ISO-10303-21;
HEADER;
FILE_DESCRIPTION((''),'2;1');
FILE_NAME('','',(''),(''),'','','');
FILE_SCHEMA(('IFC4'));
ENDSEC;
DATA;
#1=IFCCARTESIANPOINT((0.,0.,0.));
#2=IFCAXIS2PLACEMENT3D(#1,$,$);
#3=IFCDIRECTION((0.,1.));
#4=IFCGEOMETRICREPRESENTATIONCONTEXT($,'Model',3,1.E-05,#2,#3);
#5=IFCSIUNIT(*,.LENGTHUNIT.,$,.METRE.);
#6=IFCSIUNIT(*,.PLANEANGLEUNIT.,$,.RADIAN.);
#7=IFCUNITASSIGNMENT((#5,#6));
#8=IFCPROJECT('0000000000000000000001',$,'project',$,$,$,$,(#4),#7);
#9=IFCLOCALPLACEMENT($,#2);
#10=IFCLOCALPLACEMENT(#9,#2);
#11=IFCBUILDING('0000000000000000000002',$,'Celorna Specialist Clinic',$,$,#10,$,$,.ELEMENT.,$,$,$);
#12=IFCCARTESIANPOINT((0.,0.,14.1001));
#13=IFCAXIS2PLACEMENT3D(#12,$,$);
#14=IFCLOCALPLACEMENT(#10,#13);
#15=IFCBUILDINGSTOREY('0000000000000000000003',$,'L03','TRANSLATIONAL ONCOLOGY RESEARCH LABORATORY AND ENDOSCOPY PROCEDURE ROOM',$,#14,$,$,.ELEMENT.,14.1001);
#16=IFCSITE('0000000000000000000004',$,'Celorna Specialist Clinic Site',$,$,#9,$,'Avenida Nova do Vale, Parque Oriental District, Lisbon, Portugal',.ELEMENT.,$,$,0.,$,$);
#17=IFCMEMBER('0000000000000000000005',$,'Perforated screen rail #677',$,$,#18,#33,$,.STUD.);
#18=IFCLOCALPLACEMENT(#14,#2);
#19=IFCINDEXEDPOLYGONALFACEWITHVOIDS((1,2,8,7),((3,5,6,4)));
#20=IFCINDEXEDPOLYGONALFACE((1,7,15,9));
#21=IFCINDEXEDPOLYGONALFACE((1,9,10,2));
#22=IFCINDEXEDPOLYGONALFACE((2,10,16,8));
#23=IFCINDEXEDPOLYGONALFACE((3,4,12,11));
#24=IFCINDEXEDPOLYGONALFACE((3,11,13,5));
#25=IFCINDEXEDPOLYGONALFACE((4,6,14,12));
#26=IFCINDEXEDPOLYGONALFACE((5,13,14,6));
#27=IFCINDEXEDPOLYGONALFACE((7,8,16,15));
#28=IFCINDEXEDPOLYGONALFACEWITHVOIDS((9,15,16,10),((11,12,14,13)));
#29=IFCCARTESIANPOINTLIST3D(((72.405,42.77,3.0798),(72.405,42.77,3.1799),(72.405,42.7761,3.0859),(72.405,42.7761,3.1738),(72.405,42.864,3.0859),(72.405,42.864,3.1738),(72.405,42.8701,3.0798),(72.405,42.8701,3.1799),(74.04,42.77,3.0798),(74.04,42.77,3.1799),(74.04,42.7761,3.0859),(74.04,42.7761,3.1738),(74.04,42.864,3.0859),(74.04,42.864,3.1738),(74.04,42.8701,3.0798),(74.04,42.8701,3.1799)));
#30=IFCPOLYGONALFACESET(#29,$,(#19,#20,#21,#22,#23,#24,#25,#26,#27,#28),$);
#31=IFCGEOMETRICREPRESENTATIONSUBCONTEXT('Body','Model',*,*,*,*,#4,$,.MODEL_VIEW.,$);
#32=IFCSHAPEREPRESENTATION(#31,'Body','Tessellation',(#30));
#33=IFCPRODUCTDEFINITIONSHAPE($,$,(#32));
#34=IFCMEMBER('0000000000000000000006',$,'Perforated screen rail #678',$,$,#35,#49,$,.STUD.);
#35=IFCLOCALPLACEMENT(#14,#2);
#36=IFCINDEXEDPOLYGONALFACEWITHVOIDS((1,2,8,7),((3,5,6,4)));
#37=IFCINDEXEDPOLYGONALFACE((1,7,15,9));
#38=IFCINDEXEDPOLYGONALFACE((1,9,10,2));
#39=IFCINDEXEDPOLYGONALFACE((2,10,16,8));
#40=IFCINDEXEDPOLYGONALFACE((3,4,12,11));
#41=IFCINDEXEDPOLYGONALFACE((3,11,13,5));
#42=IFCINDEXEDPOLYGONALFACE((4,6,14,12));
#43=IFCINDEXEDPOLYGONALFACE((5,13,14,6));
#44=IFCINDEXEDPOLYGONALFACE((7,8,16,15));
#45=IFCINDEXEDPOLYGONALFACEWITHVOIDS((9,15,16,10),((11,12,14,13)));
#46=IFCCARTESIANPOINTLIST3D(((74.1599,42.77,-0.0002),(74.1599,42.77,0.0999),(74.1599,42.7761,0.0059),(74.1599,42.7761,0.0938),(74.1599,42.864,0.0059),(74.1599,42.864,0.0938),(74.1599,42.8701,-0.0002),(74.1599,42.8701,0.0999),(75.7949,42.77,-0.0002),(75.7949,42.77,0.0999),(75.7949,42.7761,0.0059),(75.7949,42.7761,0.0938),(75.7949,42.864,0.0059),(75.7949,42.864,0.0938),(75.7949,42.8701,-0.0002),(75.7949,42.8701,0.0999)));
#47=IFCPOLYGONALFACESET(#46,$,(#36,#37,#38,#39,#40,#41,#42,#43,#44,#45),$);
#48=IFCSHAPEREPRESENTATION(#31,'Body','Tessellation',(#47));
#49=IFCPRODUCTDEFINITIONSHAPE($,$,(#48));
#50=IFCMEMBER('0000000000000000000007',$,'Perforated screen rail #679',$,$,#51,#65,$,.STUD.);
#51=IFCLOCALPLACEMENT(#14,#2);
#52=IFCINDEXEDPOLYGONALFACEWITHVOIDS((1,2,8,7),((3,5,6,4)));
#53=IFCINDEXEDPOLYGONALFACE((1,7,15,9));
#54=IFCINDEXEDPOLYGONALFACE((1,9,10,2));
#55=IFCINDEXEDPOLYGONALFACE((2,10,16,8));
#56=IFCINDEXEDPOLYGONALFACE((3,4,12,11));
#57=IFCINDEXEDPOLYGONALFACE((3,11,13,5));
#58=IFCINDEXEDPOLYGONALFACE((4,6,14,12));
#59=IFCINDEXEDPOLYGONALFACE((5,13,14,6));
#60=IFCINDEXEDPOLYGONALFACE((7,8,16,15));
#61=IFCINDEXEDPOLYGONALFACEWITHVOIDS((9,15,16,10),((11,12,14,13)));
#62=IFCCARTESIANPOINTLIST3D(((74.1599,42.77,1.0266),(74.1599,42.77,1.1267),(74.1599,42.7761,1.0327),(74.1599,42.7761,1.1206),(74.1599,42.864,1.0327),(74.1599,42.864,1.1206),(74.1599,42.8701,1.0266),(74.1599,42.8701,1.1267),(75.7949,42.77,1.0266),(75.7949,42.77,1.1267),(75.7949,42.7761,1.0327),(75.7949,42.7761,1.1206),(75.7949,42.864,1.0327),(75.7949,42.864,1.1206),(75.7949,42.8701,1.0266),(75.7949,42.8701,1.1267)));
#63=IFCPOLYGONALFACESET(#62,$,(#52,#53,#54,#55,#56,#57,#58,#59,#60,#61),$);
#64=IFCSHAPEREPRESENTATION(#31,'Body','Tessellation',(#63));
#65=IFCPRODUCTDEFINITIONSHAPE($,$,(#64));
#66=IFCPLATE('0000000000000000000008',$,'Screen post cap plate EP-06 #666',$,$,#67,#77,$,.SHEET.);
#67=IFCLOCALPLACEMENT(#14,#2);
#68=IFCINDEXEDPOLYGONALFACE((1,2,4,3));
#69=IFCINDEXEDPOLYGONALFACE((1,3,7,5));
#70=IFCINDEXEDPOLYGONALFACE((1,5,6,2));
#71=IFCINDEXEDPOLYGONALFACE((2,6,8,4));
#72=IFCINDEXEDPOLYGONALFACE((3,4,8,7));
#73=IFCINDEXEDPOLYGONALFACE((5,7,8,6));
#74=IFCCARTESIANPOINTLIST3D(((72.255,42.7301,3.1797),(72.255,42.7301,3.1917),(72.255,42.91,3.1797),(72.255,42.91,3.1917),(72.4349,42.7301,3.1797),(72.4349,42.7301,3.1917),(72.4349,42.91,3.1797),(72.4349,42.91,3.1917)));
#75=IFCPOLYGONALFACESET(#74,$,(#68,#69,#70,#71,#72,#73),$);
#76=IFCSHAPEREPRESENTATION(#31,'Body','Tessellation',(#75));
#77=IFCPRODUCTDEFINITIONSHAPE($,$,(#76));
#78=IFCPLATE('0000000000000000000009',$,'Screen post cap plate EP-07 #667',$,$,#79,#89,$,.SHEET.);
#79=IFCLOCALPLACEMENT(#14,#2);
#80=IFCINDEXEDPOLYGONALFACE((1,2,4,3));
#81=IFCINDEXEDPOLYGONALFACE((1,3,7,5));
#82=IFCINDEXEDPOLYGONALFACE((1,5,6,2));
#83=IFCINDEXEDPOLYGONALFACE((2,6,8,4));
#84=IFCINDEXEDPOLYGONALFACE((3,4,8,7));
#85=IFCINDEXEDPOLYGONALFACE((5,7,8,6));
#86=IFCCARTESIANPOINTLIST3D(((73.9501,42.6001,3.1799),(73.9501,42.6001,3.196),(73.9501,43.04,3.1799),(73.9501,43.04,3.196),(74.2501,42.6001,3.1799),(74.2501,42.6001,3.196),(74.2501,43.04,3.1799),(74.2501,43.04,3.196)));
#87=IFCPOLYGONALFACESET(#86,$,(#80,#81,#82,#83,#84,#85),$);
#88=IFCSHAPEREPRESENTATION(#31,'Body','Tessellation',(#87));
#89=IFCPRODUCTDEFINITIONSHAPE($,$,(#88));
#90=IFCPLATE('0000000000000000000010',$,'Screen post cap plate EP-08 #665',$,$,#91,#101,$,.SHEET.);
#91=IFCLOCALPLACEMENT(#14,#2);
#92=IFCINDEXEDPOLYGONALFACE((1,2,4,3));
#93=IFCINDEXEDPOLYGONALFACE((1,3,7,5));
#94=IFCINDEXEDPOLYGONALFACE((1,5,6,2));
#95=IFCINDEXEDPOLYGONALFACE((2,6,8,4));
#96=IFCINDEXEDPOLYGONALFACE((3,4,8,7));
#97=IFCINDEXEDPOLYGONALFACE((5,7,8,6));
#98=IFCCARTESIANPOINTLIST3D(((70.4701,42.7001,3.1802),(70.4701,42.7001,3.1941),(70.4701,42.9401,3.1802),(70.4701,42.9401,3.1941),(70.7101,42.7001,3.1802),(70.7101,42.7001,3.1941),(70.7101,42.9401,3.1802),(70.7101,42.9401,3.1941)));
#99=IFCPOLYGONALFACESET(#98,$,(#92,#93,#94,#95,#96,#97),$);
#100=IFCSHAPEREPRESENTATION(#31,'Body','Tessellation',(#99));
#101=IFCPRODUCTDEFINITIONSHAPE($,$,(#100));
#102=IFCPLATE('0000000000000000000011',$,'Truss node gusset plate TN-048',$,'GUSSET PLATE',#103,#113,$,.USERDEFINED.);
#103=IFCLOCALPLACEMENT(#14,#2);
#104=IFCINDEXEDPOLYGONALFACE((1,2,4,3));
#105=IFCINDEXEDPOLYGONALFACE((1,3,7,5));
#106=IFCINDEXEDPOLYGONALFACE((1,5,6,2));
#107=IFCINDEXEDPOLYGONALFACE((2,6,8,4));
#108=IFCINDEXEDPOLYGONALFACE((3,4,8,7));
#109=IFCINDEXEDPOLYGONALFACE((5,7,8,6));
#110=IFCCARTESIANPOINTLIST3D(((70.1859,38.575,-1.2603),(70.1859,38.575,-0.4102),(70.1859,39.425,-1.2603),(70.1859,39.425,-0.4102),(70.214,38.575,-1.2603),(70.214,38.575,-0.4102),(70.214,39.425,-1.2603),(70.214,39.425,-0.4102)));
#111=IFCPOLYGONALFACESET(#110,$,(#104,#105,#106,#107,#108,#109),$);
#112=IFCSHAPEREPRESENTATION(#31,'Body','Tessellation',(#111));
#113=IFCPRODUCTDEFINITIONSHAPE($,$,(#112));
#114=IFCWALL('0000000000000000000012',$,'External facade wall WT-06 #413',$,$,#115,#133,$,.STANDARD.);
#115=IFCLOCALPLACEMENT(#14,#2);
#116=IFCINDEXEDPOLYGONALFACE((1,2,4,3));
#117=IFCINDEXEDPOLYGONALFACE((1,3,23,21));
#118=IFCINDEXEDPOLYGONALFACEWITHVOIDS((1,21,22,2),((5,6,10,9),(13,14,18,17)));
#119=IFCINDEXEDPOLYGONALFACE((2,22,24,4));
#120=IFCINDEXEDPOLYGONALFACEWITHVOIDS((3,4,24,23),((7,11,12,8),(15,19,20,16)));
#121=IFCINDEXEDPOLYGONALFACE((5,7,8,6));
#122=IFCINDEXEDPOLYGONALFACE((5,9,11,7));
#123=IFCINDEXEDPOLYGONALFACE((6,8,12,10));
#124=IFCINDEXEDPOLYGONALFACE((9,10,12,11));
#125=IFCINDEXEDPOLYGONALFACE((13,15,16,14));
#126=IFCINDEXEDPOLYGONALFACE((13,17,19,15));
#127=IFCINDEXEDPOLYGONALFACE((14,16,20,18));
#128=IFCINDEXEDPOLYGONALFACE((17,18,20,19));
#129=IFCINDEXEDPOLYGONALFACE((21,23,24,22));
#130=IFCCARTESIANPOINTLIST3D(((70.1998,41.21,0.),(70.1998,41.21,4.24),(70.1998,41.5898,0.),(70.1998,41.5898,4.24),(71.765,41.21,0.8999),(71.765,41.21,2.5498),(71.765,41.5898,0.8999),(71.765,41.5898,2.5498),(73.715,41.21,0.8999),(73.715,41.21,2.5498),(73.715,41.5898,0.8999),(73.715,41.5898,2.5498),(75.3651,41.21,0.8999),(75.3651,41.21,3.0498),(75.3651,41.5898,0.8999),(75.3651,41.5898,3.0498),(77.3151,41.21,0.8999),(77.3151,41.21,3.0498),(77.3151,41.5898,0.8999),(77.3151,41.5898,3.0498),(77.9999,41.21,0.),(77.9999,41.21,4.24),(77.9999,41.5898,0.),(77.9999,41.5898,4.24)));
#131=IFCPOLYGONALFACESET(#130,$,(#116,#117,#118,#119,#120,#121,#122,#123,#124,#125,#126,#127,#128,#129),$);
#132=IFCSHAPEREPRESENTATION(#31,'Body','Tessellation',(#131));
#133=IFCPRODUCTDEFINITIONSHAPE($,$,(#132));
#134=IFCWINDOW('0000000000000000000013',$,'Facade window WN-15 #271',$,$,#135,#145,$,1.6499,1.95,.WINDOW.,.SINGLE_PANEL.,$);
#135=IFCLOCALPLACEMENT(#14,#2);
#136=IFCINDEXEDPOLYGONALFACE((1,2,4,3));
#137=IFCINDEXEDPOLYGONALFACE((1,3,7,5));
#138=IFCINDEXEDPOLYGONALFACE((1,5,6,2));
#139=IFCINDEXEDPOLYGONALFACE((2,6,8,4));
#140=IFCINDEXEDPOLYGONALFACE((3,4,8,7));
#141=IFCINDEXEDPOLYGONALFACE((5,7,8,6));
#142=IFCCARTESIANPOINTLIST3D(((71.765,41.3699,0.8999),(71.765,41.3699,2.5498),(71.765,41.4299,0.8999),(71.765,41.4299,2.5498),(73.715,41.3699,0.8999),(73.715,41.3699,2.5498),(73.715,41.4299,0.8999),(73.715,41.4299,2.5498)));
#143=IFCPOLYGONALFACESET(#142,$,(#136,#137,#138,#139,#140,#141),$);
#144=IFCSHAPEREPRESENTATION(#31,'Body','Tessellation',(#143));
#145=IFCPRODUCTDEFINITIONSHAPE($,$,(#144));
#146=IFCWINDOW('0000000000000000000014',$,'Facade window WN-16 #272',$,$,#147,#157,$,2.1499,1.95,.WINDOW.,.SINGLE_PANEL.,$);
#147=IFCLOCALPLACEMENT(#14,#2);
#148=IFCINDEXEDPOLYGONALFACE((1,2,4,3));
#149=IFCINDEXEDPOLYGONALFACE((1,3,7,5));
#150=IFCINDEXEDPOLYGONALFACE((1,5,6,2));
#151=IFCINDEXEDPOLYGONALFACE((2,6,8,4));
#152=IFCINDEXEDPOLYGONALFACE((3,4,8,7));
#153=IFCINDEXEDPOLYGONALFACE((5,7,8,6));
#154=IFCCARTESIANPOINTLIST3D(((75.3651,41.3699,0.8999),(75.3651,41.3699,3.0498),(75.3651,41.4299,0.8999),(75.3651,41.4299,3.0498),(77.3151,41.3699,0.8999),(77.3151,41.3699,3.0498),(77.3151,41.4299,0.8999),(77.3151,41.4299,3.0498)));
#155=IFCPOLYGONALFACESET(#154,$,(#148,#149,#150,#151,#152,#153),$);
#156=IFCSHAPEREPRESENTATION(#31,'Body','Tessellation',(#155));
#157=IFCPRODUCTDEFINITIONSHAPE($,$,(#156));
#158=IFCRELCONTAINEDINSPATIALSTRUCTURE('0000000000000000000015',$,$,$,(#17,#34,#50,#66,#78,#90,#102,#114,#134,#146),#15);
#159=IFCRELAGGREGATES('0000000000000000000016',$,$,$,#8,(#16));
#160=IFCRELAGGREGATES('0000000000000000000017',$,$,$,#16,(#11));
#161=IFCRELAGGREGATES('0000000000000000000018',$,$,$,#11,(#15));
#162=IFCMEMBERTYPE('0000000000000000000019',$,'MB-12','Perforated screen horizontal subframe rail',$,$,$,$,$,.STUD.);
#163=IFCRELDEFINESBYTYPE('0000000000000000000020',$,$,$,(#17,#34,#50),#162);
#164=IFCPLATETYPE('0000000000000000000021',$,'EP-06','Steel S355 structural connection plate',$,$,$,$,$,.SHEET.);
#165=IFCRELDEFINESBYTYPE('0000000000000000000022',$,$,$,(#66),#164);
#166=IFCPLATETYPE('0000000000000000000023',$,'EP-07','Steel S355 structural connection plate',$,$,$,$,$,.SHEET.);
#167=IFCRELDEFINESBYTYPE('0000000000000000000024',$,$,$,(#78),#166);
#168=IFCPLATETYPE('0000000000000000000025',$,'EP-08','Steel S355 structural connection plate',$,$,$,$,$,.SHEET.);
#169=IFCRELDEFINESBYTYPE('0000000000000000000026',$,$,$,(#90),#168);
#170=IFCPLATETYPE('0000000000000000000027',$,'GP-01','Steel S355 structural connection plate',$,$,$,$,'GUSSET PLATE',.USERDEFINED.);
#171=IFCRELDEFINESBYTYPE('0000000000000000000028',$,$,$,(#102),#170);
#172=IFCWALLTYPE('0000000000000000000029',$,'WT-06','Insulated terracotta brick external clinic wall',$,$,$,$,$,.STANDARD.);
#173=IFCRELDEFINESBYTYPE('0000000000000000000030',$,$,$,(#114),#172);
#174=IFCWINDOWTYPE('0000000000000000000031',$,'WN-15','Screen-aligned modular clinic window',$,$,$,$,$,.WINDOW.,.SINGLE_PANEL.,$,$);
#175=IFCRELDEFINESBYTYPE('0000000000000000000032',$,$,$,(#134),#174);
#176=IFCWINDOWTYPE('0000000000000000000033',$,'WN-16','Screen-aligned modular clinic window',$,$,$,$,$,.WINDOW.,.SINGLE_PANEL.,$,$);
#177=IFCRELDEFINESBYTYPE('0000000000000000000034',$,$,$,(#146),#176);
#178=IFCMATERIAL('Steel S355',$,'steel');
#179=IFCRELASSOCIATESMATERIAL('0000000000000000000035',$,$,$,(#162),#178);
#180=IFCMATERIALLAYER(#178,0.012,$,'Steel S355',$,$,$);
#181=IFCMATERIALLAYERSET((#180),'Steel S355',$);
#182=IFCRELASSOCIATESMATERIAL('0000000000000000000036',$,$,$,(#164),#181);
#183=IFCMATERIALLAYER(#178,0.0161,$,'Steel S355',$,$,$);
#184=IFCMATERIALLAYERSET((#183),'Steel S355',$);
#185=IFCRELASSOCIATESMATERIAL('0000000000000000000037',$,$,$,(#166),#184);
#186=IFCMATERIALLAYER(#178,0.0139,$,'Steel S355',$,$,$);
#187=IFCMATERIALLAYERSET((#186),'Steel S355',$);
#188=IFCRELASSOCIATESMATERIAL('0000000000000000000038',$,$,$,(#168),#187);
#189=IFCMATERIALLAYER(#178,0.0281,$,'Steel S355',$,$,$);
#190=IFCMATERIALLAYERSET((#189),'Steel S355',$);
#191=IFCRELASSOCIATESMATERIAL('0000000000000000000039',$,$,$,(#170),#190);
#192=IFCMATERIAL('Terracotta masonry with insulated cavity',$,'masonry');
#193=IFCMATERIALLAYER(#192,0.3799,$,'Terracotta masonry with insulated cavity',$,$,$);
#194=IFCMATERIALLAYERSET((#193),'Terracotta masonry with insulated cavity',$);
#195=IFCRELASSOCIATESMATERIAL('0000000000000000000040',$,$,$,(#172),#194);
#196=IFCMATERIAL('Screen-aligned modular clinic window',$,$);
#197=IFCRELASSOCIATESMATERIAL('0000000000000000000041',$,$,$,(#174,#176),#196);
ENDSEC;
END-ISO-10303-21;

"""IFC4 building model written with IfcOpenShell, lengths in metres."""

from ifc_helpers import new_model, si_unit, direction, frame, frame_2d, origin, origin_2d, place, context, subcontext, project, spatial, rectangle, hollow_rectangle, extrude, material, layer, layer_set, material_profile, profile_set, type_object, element, fill, save


model = new_model("IFC4")

# Units and contexts
model_context = context("Model", 3, precision=1e-05, world=origin(), true_north=direction((0.0, 1.0)))
body_context = subcontext(model_context, "Body", "Model", "MODEL_VIEW")
ifc_project = project(units=[si_unit("LENGTHUNIT", "METRE"), si_unit("PLANEANGLEUNIT", "RADIAN")], contexts=[model_context])

# Site, building, storey
site_placement = place(None, origin())
site = spatial("IfcSite", under=ifc_project, at=site_placement, Name="Celorna Specialist Clinic Site", LongName="Avenida Nova do Vale, Parque Oriental District, Lisbon, Portugal", CompositionType="ELEMENT", RefElevation=0.0)
building_placement = place(site_placement, origin())
building = spatial("IfcBuilding", under=site, at=building_placement, Name="Celorna Specialist Clinic", CompositionType="ELEMENT")
storey_placement = place(building_placement, frame((0.0, 0.0, 14.1001)))
storey = spatial("IfcBuildingStorey", under=building, at=storey_placement, Name="L03", Description="TRANSLATIONAL ONCOLOGY RESEARCH LABORATORY AND ENDOSCOPY PROCEDURE ROOM", CompositionType="ELEMENT", Elevation=14.1001)

# Members
ifc_material_1 = material(Name="Steel S355", Category="steel")
ifc_material_profile_1 = material_profile(ifc_material_1, hollow_rectangle(XDim=0.1001, YDim=0.1001, WallThickness=0.0061, at=origin_2d()), Name="SHS 100x100x6")
ifc_profile_set_1 = profile_set([ifc_material_profile_1], Name="Steel S355")
member_type_1 = type_object("IfcMemberType", Name="MB-12", Description="Perforated screen horizontal subframe rail", PredefinedType="STUD", material=ifc_profile_set_1)
for number, where, z_axis, x_axis, name in (
    (1, (72.405, 42.8201, 3.1299), (1.0, 0.0, 0.0), (0.0, 1.0, 0.0), "Perforated screen rail #677"),
    (2, (74.1599, 42.8201, 0.0498), (1.0, 0.0, 0.0), (0.0, 1.0, 0.0), "Perforated screen rail #678"),
    (3, (74.1599, 42.8201, 1.0767), (1.0, 0.0, 0.0), (0.0, 1.0, 0.0), "Perforated screen rail #679"),
):
    element("IfcMember", number, at=place(storey_placement, frame(where, z_axis=z_axis, x_axis=x_axis)), inside=storey, type_object=member_type_1, Name=name, PredefinedType="STUD", context=body_context, shape_type="SweptSolid", body=[
        extrude(hollow_rectangle(XDim=0.1001, YDim=0.1001, WallThickness=0.0061, at=origin_2d()), origin(), (0.0, 0.0, 1.0), 1.635),
    ])

# Plates
ifc_layer_1 = layer(ifc_material_1, 0.012, Name="Steel S355")
ifc_layer_set_1 = layer_set([ifc_layer_1], Name="Steel S355")
plate_type_1 = type_object("IfcPlateType", Name="EP-06", Description="Steel S355 structural connection plate", PredefinedType="SHEET", material=ifc_layer_set_1)
plate_1_placement = place(storey_placement, frame((72.345, 42.8201, 3.1797), z_axis=(0.0, 0.0, 1.0), x_axis=(1.0, 0.0, 0.0)))
element("IfcPlate", 4, at=plate_1_placement, inside=storey, type_object=plate_type_1, Name="Screen post cap plate EP-06 #666", PredefinedType="SHEET", context=body_context, shape_type="SweptSolid", body=[
    extrude(rectangle(XDim=0.1799, YDim=0.1799, at=origin_2d()), origin(), (0.0, 0.0, 1.0), 0.012),
])
ifc_layer_2 = layer(ifc_material_1, 0.0161, Name="Steel S355")
ifc_layer_set_2 = layer_set([ifc_layer_2], Name="Steel S355")
plate_type_2 = type_object("IfcPlateType", Name="EP-07", Description="Steel S355 structural connection plate", PredefinedType="SHEET", material=ifc_layer_set_2)
plate_2_placement = place(storey_placement, frame((74.1001, 42.8201, 3.1799), z_axis=(0.0, 0.0, 1.0), x_axis=(1.0, 0.0, 0.0)))
element("IfcPlate", 5, at=plate_2_placement, inside=storey, type_object=plate_type_2, Name="Screen post cap plate EP-07 #667", PredefinedType="SHEET", context=body_context, shape_type="SweptSolid", body=[
    extrude(rectangle(XDim=0.3, YDim=0.4399, at=origin_2d()), origin(), (0.0, 0.0, 1.0), 0.0161),
])
ifc_layer_3 = layer(ifc_material_1, 0.0139, Name="Steel S355")
ifc_layer_set_3 = layer_set([ifc_layer_3], Name="Steel S355")
plate_type_3 = type_object("IfcPlateType", Name="EP-08", Description="Steel S355 structural connection plate", PredefinedType="SHEET", material=ifc_layer_set_3)
plate_3_placement = place(storey_placement, frame((70.5901, 42.8201, 3.1802), z_axis=(0.0, 0.0, 1.0), x_axis=(1.0, 0.0, 0.0)))
element("IfcPlate", 6, at=plate_3_placement, inside=storey, type_object=plate_type_3, Name="Screen post cap plate EP-08 #665", PredefinedType="SHEET", context=body_context, shape_type="SweptSolid", body=[
    extrude(rectangle(XDim=0.24, YDim=0.24, at=origin_2d()), origin(), (0.0, 0.0, 1.0), 0.0139),
])
ifc_layer_4 = layer(ifc_material_1, 0.0281, Name="Steel S355")
ifc_layer_set_4 = layer_set([ifc_layer_4], Name="Steel S355")
plate_type_4 = type_object("IfcPlateType", Name="GP-01", Description="Steel S355 structural connection plate", ElementType="GUSSET PLATE", PredefinedType="USERDEFINED", material=ifc_layer_set_4)
plate_4_placement = place(storey_placement, frame((70.2, 39.0, -1.2603), z_axis=(0.0, 0.0, 1.0), x_axis=(0.0, 1.0, 0.0)))
element("IfcPlate", 7, at=plate_4_placement, inside=storey, type_object=plate_type_4, Name="Truss node gusset plate TN-048", ObjectType="GUSSET PLATE", PredefinedType="USERDEFINED", context=body_context, shape_type="SweptSolid", body=[
    extrude(rectangle(XDim=0.8501, YDim=0.0281, at=origin_2d()), origin(), (0.0, 0.0, 1.0), 0.8501),
])

# Wall, openings, windows
ifc_material_2 = material(Name="Terracotta masonry with insulated cavity", Category="masonry")
ifc_layer_5 = layer(ifc_material_2, 0.3799, Name="Terracotta masonry with insulated cavity")
ifc_layer_set_5 = layer_set([ifc_layer_5], Name="Terracotta masonry with insulated cavity")
wall_type_1 = type_object("IfcWallType", Name="WT-06", Description="Insulated terracotta brick external clinic wall", PredefinedType="STANDARD", material=ifc_layer_set_5)
wall_1_placement = place(storey_placement, frame((70.2, 41.3999, 0.0), z_axis=(0.0, 0.0, 1.0), x_axis=(1.0, 0.0, 0.0)))
wall_1 = element("IfcWall", 8, at=wall_1_placement, inside=storey, type_object=wall_type_1, Name="External facade wall WT-06 #413", PredefinedType="STANDARD", context=body_context, shape_type="SweptSolid", body=[
    extrude(rectangle(XDim=7.8, YDim=0.3799, at=frame_2d((3.8999, 0.0))), origin(), (0.0, 0.0, 1.0), 4.24),
])
opening_1_placement = place(wall_1_placement, frame((1.5649, 0.0, 0.8999)))
opening_1 = element("IfcOpeningElement", 9, at=opening_1_placement, cuts=wall_1, PredefinedType="OPENING", context=body_context, shape_type="SweptSolid", body=[
    extrude(rectangle(XDim=1.95, YDim=1.6499, at=frame_2d((0.9751, 0.825))), frame((0.0, 0.2, 0.0), z_axis=(0.0, -1.0, 0.0), x_axis=(1.0, 0.0, 0.0)), (0.0, 0.0, 1.0), 0.3999),
])
opening_2_placement = place(wall_1_placement, frame((5.165, 0.0, 0.8999)))
opening_2 = element("IfcOpeningElement", 10, at=opening_2_placement, cuts=wall_1, PredefinedType="OPENING", context=body_context, shape_type="SweptSolid", body=[
    extrude(rectangle(XDim=1.95, YDim=2.1499, at=frame_2d((0.9751, 1.075))), frame((0.0, 0.2, 0.0), z_axis=(0.0, -1.0, 0.0), x_axis=(1.0, 0.0, 0.0)), (0.0, 0.0, 1.0), 0.3999),
])
ifc_material_3 = material(Name="Screen-aligned modular clinic window")
window_type_1 = type_object("IfcWindowType", Name="WN-15", Description="Screen-aligned modular clinic window", PartitioningType="SINGLE_PANEL", PredefinedType="WINDOW", material=ifc_material_3)
window_1_placement = place(opening_1_placement, origin())
window_1 = element("IfcWindow", 11, at=window_1_placement, inside=storey, type_object=window_type_1, Name="Facade window WN-15 #271", OverallHeight=1.6499, OverallWidth=1.95, PartitioningType="SINGLE_PANEL", PredefinedType="WINDOW", context=body_context, shape_type="SweptSolid", body=[
    extrude(rectangle(XDim=1.95, YDim=1.6499, at=frame_2d((0.9751, 0.825))), frame((0.0, 0.03, 0.0), z_axis=(0.0, -1.0, 0.0), x_axis=(1.0, 0.0, 0.0)), (0.0, 0.0, 1.0), 0.0601),
])
fill(opening_1, window_1)
window_type_2 = type_object("IfcWindowType", Name="WN-16", Description="Screen-aligned modular clinic window", PartitioningType="SINGLE_PANEL", PredefinedType="WINDOW", material=ifc_material_3)
window_2_placement = place(opening_2_placement, origin())
window_2 = element("IfcWindow", 12, at=window_2_placement, inside=storey, type_object=window_type_2, Name="Facade window WN-16 #272", OverallHeight=2.1499, OverallWidth=1.95, PartitioningType="SINGLE_PANEL", PredefinedType="WINDOW", context=body_context, shape_type="SweptSolid", body=[
    extrude(rectangle(XDim=1.95, YDim=2.1499, at=frame_2d((0.9751, 1.075))), frame((0.0, 0.03, 0.0), z_axis=(0.0, -1.0, 0.0), x_axis=(1.0, 0.0, 0.0)), (0.0, 0.0, 1.0), 0.0601),
])
fill(opening_2, window_2)

save(model, "model.ifc")
